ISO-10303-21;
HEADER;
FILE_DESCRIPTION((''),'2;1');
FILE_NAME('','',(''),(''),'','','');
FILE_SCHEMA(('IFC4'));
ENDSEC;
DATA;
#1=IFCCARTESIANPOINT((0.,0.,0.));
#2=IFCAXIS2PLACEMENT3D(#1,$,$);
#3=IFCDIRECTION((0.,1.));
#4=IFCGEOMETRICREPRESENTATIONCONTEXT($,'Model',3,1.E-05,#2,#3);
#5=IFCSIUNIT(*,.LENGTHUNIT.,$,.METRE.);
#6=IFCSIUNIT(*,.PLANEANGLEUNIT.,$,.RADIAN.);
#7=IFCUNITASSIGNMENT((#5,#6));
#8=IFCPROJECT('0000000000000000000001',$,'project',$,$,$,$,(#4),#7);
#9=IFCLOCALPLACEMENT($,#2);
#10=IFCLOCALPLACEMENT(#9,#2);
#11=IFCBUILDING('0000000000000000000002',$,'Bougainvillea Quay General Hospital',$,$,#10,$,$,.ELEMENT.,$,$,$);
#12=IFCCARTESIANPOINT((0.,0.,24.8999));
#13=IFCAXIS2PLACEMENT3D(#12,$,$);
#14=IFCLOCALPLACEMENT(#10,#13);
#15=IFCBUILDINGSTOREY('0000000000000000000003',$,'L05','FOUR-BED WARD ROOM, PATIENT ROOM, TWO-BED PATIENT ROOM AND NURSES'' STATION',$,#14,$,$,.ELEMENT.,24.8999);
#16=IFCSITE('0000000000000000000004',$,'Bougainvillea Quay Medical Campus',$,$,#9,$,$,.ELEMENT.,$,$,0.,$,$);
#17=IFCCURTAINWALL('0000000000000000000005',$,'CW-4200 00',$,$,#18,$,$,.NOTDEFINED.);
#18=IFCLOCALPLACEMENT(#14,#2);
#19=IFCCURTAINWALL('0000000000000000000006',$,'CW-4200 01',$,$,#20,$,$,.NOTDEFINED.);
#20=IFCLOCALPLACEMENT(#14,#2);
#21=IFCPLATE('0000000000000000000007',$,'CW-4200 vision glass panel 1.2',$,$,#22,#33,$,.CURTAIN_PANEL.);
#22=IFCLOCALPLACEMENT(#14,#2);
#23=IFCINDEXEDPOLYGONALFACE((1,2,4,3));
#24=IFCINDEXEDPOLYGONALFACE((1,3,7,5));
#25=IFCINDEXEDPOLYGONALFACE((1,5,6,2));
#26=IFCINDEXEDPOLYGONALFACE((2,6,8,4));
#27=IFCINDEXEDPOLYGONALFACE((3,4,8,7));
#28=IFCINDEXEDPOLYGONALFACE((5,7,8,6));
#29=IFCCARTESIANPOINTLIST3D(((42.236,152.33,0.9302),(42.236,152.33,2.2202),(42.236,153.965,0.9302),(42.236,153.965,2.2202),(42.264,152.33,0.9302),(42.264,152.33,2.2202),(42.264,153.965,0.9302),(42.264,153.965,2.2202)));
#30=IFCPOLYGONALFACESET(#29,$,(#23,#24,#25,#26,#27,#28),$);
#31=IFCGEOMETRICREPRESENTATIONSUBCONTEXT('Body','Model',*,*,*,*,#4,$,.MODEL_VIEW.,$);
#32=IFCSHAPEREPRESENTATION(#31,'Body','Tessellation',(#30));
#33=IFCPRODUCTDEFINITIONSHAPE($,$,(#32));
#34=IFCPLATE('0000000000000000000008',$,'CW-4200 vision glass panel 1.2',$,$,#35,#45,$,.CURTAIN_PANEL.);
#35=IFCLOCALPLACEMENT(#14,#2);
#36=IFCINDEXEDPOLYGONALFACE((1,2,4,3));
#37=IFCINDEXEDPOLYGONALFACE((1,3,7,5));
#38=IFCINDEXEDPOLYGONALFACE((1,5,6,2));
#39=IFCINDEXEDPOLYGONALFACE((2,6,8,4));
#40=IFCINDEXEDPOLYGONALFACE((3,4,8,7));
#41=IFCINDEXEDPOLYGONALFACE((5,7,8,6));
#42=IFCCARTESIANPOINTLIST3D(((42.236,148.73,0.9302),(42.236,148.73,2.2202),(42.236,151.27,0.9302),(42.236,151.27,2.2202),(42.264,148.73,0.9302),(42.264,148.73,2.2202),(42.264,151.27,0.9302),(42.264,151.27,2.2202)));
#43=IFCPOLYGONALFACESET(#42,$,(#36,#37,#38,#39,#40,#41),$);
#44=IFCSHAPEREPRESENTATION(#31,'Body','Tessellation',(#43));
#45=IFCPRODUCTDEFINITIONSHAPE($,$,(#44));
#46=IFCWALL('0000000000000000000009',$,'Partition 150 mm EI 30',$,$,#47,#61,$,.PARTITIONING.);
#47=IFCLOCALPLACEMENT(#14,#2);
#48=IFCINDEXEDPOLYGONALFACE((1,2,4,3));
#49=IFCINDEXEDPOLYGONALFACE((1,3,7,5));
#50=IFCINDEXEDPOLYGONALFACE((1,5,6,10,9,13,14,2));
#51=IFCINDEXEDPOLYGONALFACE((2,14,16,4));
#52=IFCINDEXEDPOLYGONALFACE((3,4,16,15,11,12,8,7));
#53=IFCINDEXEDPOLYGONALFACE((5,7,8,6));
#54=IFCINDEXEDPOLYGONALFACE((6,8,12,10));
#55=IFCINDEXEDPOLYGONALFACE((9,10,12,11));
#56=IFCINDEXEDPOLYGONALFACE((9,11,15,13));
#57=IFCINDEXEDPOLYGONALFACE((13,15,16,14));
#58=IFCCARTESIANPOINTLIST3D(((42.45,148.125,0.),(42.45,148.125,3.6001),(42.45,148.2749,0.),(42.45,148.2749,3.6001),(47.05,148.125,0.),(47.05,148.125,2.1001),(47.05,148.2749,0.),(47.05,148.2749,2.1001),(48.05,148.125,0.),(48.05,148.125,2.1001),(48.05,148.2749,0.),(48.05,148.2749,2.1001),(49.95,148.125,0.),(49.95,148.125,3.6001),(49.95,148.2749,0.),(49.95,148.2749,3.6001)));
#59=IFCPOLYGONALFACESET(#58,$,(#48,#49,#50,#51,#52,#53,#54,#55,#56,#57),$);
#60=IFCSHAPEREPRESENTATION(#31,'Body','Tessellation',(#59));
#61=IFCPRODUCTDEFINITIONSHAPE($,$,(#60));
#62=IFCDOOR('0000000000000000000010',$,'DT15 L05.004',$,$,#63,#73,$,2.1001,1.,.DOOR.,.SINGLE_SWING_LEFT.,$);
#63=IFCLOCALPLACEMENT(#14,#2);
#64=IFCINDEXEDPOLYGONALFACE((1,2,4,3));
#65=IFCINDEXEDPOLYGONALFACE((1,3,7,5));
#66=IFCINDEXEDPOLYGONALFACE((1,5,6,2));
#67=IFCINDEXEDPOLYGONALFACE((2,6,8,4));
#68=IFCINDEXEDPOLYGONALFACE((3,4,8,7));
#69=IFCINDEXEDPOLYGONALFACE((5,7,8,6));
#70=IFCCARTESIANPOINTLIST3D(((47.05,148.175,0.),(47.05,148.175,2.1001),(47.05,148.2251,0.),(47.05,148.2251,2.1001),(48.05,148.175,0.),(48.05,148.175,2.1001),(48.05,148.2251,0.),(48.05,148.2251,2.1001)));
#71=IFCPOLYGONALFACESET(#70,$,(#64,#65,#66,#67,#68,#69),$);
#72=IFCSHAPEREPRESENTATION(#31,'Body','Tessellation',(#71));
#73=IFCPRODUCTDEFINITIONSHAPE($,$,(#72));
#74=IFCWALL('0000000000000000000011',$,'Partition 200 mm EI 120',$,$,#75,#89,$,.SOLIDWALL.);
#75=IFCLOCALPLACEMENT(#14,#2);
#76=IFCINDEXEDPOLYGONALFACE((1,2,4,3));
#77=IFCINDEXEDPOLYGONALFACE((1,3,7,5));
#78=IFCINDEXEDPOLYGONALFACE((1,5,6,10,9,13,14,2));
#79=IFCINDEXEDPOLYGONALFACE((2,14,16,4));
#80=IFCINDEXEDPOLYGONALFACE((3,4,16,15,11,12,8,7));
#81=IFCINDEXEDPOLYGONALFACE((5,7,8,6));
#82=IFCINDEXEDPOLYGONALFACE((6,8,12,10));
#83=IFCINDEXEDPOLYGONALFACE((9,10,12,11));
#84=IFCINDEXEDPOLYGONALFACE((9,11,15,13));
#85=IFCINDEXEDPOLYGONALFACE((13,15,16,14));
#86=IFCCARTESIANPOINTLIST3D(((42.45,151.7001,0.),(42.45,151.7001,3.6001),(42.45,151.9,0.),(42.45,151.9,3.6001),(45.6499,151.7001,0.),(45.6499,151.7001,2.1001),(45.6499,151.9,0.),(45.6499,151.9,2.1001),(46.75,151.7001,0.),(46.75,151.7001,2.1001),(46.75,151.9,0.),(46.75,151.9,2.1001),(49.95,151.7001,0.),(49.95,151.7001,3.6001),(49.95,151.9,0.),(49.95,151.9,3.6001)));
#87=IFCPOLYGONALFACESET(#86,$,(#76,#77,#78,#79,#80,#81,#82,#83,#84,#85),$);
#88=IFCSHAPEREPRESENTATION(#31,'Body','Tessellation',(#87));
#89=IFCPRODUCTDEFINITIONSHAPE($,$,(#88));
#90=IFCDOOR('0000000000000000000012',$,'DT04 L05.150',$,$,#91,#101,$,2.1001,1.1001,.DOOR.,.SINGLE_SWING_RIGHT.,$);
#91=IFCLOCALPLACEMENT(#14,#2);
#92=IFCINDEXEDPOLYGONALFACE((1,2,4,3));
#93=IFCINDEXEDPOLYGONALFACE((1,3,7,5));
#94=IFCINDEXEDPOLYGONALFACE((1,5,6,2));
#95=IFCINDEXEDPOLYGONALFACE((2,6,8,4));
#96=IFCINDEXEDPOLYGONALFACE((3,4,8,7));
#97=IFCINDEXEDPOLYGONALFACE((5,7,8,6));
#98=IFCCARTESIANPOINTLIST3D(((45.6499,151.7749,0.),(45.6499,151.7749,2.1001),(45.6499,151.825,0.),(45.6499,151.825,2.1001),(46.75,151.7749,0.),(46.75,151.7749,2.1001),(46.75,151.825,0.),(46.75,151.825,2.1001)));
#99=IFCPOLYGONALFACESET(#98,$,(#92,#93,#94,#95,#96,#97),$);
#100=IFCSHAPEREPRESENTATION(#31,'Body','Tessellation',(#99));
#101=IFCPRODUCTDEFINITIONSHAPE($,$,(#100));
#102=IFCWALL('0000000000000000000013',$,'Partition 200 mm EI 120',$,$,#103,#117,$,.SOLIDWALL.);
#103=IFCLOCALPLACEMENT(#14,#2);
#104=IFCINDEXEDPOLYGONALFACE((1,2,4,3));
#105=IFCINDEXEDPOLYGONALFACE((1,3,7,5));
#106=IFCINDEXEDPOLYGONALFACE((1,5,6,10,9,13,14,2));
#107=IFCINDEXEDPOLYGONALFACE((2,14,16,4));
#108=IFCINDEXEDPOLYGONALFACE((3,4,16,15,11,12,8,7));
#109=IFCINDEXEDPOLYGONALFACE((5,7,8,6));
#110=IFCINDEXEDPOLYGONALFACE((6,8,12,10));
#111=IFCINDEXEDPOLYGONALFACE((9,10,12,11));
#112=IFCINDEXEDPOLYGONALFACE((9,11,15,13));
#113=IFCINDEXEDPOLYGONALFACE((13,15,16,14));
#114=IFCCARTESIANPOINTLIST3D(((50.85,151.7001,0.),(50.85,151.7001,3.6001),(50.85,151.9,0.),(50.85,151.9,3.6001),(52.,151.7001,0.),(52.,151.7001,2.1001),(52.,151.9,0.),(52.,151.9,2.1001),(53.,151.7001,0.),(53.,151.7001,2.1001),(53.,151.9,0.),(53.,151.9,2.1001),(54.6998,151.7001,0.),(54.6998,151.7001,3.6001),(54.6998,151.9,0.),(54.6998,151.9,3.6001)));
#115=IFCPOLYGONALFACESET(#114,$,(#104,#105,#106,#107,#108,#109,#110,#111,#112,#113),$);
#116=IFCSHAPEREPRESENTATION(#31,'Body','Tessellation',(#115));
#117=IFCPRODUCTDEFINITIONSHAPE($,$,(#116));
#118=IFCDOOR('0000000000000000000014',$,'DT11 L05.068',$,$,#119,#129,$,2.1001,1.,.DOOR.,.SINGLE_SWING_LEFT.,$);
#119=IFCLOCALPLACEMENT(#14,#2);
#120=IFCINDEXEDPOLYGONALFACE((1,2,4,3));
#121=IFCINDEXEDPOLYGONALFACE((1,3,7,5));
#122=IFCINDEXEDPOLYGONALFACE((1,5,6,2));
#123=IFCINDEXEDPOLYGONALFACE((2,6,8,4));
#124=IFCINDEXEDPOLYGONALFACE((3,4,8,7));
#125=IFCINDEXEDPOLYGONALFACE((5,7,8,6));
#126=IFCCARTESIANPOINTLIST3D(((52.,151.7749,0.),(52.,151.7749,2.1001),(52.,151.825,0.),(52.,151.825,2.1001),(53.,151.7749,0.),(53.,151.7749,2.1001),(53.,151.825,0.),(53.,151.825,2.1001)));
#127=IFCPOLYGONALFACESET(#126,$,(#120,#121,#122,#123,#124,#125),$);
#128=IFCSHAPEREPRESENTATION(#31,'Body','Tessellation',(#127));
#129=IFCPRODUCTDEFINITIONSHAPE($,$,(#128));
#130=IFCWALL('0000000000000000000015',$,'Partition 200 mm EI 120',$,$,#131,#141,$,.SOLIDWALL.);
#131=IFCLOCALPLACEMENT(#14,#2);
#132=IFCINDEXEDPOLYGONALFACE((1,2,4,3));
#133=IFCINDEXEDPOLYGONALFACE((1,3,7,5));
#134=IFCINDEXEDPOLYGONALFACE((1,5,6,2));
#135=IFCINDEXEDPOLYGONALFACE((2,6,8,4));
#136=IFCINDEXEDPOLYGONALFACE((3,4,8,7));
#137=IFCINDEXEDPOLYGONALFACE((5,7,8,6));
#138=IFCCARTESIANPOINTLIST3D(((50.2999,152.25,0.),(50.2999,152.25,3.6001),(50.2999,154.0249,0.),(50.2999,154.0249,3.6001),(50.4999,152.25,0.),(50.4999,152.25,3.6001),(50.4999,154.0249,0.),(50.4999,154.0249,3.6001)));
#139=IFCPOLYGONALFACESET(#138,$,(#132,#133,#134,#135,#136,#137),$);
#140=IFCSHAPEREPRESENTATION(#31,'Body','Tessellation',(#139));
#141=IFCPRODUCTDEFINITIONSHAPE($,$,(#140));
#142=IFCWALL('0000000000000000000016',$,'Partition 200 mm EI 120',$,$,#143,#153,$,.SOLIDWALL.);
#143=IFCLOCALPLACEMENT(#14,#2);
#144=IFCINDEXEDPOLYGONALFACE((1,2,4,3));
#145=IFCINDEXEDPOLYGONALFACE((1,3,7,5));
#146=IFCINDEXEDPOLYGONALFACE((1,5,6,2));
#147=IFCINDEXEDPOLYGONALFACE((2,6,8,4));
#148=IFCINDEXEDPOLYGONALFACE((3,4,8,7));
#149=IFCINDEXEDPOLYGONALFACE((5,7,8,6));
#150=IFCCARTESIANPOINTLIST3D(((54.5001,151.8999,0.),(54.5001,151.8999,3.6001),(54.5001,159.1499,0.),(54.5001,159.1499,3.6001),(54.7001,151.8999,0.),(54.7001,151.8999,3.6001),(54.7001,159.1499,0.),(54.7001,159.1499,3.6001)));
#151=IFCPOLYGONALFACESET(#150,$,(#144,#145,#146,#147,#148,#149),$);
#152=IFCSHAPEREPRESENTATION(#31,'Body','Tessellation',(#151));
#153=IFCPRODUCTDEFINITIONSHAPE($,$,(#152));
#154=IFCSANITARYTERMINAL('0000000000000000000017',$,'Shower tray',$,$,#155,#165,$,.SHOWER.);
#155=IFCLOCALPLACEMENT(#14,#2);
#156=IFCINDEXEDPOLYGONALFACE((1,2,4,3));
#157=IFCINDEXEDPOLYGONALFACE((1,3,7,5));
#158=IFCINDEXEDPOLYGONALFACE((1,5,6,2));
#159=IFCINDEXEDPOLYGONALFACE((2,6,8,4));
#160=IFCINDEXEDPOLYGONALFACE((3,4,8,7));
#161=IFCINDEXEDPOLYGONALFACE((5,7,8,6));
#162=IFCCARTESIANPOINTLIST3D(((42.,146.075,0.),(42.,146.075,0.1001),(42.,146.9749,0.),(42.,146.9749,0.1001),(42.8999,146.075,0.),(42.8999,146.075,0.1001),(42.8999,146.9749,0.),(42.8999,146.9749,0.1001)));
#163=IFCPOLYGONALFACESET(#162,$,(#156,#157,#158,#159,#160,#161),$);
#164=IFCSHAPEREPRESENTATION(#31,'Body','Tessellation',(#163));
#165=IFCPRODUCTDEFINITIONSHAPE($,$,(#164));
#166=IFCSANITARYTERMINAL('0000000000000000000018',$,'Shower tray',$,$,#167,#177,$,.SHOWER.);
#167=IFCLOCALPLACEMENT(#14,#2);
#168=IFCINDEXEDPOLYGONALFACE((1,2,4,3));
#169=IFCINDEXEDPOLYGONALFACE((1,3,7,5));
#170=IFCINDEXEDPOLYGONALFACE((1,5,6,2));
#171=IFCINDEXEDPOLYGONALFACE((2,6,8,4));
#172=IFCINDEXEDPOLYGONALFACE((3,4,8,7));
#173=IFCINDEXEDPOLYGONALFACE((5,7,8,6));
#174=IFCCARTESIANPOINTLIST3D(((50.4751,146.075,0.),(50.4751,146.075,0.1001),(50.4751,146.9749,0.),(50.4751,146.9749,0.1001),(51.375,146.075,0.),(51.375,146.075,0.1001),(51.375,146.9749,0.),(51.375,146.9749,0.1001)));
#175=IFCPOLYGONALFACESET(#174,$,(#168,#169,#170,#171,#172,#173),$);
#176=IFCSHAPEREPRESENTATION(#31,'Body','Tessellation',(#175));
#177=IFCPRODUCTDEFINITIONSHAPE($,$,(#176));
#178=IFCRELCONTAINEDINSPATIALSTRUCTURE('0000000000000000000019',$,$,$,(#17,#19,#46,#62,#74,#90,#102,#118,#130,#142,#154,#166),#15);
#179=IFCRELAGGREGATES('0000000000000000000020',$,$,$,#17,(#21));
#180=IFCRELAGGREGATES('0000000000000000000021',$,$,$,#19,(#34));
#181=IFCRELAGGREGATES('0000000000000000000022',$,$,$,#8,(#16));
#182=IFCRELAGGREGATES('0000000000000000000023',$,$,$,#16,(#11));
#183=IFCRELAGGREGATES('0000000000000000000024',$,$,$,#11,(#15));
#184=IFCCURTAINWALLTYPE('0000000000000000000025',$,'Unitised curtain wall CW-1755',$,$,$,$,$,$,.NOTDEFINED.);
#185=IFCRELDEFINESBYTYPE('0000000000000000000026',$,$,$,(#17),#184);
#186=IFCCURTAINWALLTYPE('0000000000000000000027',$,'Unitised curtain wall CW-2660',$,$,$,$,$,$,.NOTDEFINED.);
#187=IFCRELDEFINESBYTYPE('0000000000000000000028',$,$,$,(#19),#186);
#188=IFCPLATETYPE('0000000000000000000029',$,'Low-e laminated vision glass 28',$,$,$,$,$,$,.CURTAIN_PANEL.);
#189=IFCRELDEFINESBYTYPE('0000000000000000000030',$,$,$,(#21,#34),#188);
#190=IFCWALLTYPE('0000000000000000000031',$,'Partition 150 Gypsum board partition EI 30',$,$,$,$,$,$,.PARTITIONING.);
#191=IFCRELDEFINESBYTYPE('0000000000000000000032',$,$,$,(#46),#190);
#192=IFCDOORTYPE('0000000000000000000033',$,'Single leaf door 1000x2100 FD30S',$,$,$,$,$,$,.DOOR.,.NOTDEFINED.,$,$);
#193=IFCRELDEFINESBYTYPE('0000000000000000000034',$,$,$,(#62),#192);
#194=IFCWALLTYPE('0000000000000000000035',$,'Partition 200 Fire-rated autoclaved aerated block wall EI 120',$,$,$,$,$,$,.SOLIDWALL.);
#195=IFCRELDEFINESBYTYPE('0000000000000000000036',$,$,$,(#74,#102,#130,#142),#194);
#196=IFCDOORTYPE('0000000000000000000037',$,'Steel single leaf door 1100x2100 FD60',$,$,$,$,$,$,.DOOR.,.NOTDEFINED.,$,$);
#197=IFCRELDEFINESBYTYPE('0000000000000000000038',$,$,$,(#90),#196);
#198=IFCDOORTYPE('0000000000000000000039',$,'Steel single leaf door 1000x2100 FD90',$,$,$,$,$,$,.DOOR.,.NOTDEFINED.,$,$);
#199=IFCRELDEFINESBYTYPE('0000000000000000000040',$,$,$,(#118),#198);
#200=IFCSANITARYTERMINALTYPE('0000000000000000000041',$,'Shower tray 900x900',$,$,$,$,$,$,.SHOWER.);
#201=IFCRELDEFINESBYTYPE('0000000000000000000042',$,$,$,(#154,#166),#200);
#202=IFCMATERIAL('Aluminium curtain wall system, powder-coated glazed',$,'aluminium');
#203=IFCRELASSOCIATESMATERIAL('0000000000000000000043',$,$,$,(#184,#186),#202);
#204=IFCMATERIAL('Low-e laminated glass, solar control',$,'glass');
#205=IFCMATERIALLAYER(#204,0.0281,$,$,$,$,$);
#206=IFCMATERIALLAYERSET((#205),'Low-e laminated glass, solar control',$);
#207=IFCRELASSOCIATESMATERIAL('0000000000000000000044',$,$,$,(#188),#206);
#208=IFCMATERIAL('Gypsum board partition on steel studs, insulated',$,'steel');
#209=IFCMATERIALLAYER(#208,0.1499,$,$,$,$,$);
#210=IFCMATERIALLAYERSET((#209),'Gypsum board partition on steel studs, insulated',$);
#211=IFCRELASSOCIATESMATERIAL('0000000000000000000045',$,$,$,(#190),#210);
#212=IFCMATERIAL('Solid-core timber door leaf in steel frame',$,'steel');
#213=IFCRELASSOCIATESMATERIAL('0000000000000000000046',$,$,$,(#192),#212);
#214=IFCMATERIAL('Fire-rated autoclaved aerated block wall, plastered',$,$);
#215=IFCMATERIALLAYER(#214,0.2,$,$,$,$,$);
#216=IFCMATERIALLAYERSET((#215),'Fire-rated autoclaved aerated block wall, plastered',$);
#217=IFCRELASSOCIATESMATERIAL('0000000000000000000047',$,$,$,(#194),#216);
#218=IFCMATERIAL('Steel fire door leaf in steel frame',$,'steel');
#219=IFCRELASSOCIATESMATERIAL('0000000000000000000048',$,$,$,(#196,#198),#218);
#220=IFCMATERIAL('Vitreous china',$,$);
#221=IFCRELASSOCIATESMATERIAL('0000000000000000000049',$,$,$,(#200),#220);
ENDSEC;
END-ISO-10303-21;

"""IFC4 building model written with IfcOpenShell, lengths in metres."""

from ifc_helpers import new_model, si_unit, direction, frame, frame_2d, origin, origin_2d, place, context, subcontext, project, spatial, rectangle, extrude, material, layer, layer_set, type_object, element, fill, aggregate, save


model = new_model("IFC4")

# Units and contexts
model_context = context("Model", 3, precision=1e-05, world=origin(), true_north=direction((0.0, 1.0)))
body_context = subcontext(model_context, "Body", "Model", "MODEL_VIEW")
ifc_project = project(units=[si_unit("LENGTHUNIT", "METRE"), si_unit("PLANEANGLEUNIT", "RADIAN")], contexts=[model_context])

# Site, building, storey
site_placement = place(None, origin())
site = spatial("IfcSite", under=ifc_project, at=site_placement, Name="Bougainvillea Quay Medical Campus", CompositionType="ELEMENT", RefElevation=0.0)
building_placement = place(site_placement, origin())
building = spatial("IfcBuilding", under=site, at=building_placement, Name="Bougainvillea Quay General Hospital", CompositionType="ELEMENT")
storey_placement = place(building_placement, frame((0.0, 0.0, 24.8999)))
storey = spatial("IfcBuildingStorey", under=building, at=storey_placement, Name="L05", Description="FOUR-BED WARD ROOM, PATIENT ROOM, TWO-BED PATIENT ROOM AND NURSES' STATION", CompositionType="ELEMENT", Elevation=24.8999)

# Curtain walls
ifc_material_1 = material(Name="Aluminium curtain wall system, powder-coated glazed", Category="aluminium")
curtain_wall_type_1 = type_object("IfcCurtainWallType", Name="Unitised curtain wall CW-1755", PredefinedType="NOTDEFINED", material=ifc_material_1)
curtain_wall_1_placement = place(storey_placement, origin())
curtain_wall_1 = element("IfcCurtainWall", 1, at=curtain_wall_1_placement, inside=storey, type_object=curtain_wall_type_1, Name="CW-4200 00", PredefinedType="NOTDEFINED")
curtain_wall_type_2 = type_object("IfcCurtainWallType", Name="Unitised curtain wall CW-2660", PredefinedType="NOTDEFINED", material=ifc_material_1)
curtain_wall_2_placement = place(storey_placement, origin())
curtain_wall_2 = element("IfcCurtainWall", 2, at=curtain_wall_2_placement, inside=storey, type_object=curtain_wall_type_2, Name="CW-4200 01", PredefinedType="NOTDEFINED")

# Plates
ifc_material_2 = material(Name="Low-e laminated glass, solar control", Category="glass")
ifc_layer_1 = layer(ifc_material_2, 0.0281)
ifc_layer_set_1 = layer_set([ifc_layer_1], Name="Low-e laminated glass, solar control")
plate_type_1 = type_object("IfcPlateType", Name="Low-e laminated vision glass 28", PredefinedType="CURTAIN_PANEL", material=ifc_layer_set_1)
plate_1_placement = place(storey_placement, frame((42.25, 153.1475, 0.9302), z_axis=(0.0, 0.0, 1.0), x_axis=(0.0, -1.0, 0.0)))
plate_1 = element("IfcPlate", 3, at=plate_1_placement, type_object=plate_type_1, Name="CW-4200 vision glass panel 1.2", PredefinedType="CURTAIN_PANEL", context=body_context, shape_type="SweptSolid", body=[
    extrude(rectangle(XDim=1.635, YDim=0.0281, at=origin_2d()), origin(), (0.0, 0.0, 1.0), 1.29),
])
aggregate(curtain_wall_1, [plate_1])
plate_2_placement = place(storey_placement, frame((42.25, 150.0, 0.9302), z_axis=(0.0, 0.0, 1.0), x_axis=(0.0, -1.0, 0.0)))
plate_2 = element("IfcPlate", 4, at=plate_2_placement, type_object=plate_type_1, Name="CW-4200 vision glass panel 1.2", PredefinedType="CURTAIN_PANEL", context=body_context, shape_type="SweptSolid", body=[
    extrude(rectangle(XDim=2.54, YDim=0.0281, at=origin_2d()), origin(), (0.0, 0.0, 1.0), 1.29),
])
aggregate(curtain_wall_2, [plate_2])

# Walls, openings, doors
ifc_material_3 = material(Name="Gypsum board partition on steel studs, insulated", Category="steel")
ifc_layer_2 = layer(ifc_material_3, 0.1499)
ifc_layer_set_2 = layer_set([ifc_layer_2], Name="Gypsum board partition on steel studs, insulated")
wall_type_1 = type_object("IfcWallType", Name="Partition 150 Gypsum board partition EI 30", PredefinedType="PARTITIONING", material=ifc_layer_set_2)
wall_1_placement = place(storey_placement, frame((49.95, 148.2, 0.0), z_axis=(0.0, 0.0, 1.0), x_axis=(-1.0, 0.0, 0.0)))
wall_1 = element("IfcWall", 5, at=wall_1_placement, inside=storey, type_object=wall_type_1, Name="Partition 150 mm EI 30", PredefinedType="PARTITIONING", context=body_context, shape_type="SweptSolid", body=[
    extrude(rectangle(XDim=7.5, YDim=0.1499, at=frame_2d((3.75, 0.0))), origin(), (0.0, 0.0, 1.0), 3.6001),
])
opening_1_placement = place(wall_1_placement, frame((1.8999, 0.0, 0.0)))
opening_1 = element("IfcOpeningElement", 6, at=opening_1_placement, cuts=wall_1, PredefinedType="OPENING", context=body_context, shape_type="SweptSolid", body=[
    extrude(rectangle(XDim=1.0, YDim=2.1001, at=frame_2d((0.5, 1.05))), frame((0.0, 0.085, 0.0), z_axis=(0.0, -1.0, 0.0), x_axis=(1.0, 0.0, 0.0)), (0.0, 0.0, 1.0), 0.1699),
])
ifc_material_4 = material(Name="Solid-core timber door leaf in steel frame", Category="steel")
door_type_1 = type_object("IfcDoorType", Name="Single leaf door 1000x2100 FD30S", OperationType="NOTDEFINED", PredefinedType="DOOR", material=ifc_material_4)
door_1_placement = place(opening_1_placement, origin())
door_1 = element("IfcDoor", 7, at=door_1_placement, inside=storey, type_object=door_type_1, Name="DT15 L05.004", OperationType="SINGLE_SWING_LEFT", OverallHeight=2.1001, OverallWidth=1.0, PredefinedType="DOOR", context=body_context, shape_type="SweptSolid", body=[
    extrude(rectangle(XDim=1.0, YDim=2.1001, at=frame_2d((0.5, 1.05))), frame((0.0, 0.0249, 0.0), z_axis=(0.0, -1.0, 0.0), x_axis=(1.0, 0.0, 0.0)), (0.0, 0.0, 1.0), 0.05),
])
fill(opening_1, door_1)
ifc_material_5 = material(Name="Fire-rated autoclaved aerated block wall, plastered")
ifc_layer_3 = layer(ifc_material_5, 0.2)
ifc_layer_set_3 = layer_set([ifc_layer_3], Name="Fire-rated autoclaved aerated block wall, plastered")
wall_type_2 = type_object("IfcWallType", Name="Partition 200 Fire-rated autoclaved aerated block wall EI 120", PredefinedType="SOLIDWALL", material=ifc_layer_set_3)
wall_2_placement = place(storey_placement, frame((42.45, 151.8, 0.0), z_axis=(0.0, 0.0, 1.0), x_axis=(1.0, 0.0, 0.0)))
wall_2 = element("IfcWall", 8, at=wall_2_placement, inside=storey, type_object=wall_type_2, Name="Partition 200 mm EI 120", PredefinedType="SOLIDWALL", context=body_context, shape_type="SweptSolid", body=[
    extrude(rectangle(XDim=7.5, YDim=0.2, at=frame_2d((3.75, 0.0))), origin(), (0.0, 0.0, 1.0), 3.6001),
])
opening_2_placement = place(wall_2_placement, frame((3.2, 0.0, 0.0)))
opening_2 = element("IfcOpeningElement", 9, at=opening_2_placement, cuts=wall_2, PredefinedType="OPENING", context=body_context, shape_type="SweptSolid", body=[
    extrude(rectangle(XDim=1.1001, YDim=2.1001, at=frame_2d((0.55, 1.05))), frame((0.0, 0.1099, 0.0), z_axis=(0.0, -1.0, 0.0), x_axis=(1.0, 0.0, 0.0)), (0.0, 0.0, 1.0), 0.22),
])
ifc_material_6 = material(Name="Steel fire door leaf in steel frame", Category="steel")
door_type_2 = type_object("IfcDoorType", Name="Steel single leaf door 1100x2100 FD60", OperationType="NOTDEFINED", PredefinedType="DOOR", material=ifc_material_6)
door_2_placement = place(opening_2_placement, origin())
door_2 = element("IfcDoor", 10, at=door_2_placement, inside=storey, type_object=door_type_2, Name="DT04 L05.150", OperationType="SINGLE_SWING_RIGHT", OverallHeight=2.1001, OverallWidth=1.1001, PredefinedType="DOOR", context=body_context, shape_type="SweptSolid", body=[
    extrude(rectangle(XDim=1.1001, YDim=2.1001, at=frame_2d((0.55, 1.05))), frame((0.0, 0.0249, 0.0), z_axis=(0.0, -1.0, 0.0), x_axis=(1.0, 0.0, 0.0)), (0.0, 0.0, 1.0), 0.05),
])
fill(opening_2, door_2)
wall_3_placement = place(storey_placement, frame((50.8501, 151.8, 0.0), z_axis=(0.0, 0.0, 1.0), x_axis=(1.0, 0.0, 0.0)))
wall_3 = element("IfcWall", 11, at=wall_3_placement, inside=storey, type_object=wall_type_2, Name="Partition 200 mm EI 120", PredefinedType="SOLIDWALL", context=body_context, shape_type="SweptSolid", body=[
    extrude(rectangle(XDim=3.8499, YDim=0.2, at=frame_2d((1.9248, 0.0))), origin(), (0.0, 0.0, 1.0), 3.6001),
])
opening_3_placement = place(wall_3_placement, frame((1.1499, 0.0, 0.0)))
opening_3 = element("IfcOpeningElement", 12, at=opening_3_placement, cuts=wall_3, PredefinedType="OPENING", context=body_context, shape_type="SweptSolid", body=[
    extrude(rectangle(XDim=1.0, YDim=2.1001, at=frame_2d((0.5, 1.05))), frame((0.0, 0.1099, 0.0), z_axis=(0.0, -1.0, 0.0), x_axis=(1.0, 0.0, 0.0)), (0.0, 0.0, 1.0), 0.22),
])
door_type_3 = type_object("IfcDoorType", Name="Steel single leaf door 1000x2100 FD90", OperationType="NOTDEFINED", PredefinedType="DOOR", material=ifc_material_6)
door_3_placement = place(opening_3_placement, origin())
door_3 = element("IfcDoor", 13, at=door_3_placement, inside=storey, type_object=door_type_3, Name="DT11 L05.068", OperationType="SINGLE_SWING_LEFT", OverallHeight=2.1001, OverallWidth=1.0, PredefinedType="DOOR", context=body_context, shape_type="SweptSolid", body=[
    extrude(rectangle(XDim=1.0, YDim=2.1001, at=frame_2d((0.5, 1.05))), frame((0.0, 0.0249, 0.0), z_axis=(0.0, -1.0, 0.0), x_axis=(1.0, 0.0, 0.0)), (0.0, 0.0, 1.0), 0.05),
])
fill(opening_3, door_3)

# Walls
wall_4_placement = place(storey_placement, frame((50.3999, 152.25, 0.0), z_axis=(0.0, 0.0, 1.0), x_axis=(0.0, 1.0, 0.0)))
element("IfcWall", 14, at=wall_4_placement, inside=storey, type_object=wall_type_2, Name="Partition 200 mm EI 120", PredefinedType="SOLIDWALL", context=body_context, shape_type="SweptSolid", body=[
    extrude(rectangle(XDim=1.7749, YDim=0.2, at=frame_2d((0.8875, 0.0))), origin(), (0.0, 0.0, 1.0), 3.6001),
])
wall_5_placement = place(storey_placement, frame((54.6001, 151.8999, 0.0), z_axis=(0.0, 0.0, 1.0), x_axis=(0.0, 1.0, 0.0)))
element("IfcWall", 15, at=wall_5_placement, inside=storey, type_object=wall_type_2, Name="Partition 200 mm EI 120", PredefinedType="SOLIDWALL", context=body_context, shape_type="SweptSolid", body=[
    extrude(rectangle(XDim=7.25, YDim=0.2, at=frame_2d((3.625, 0.0))), origin(), (0.0, 0.0, 1.0), 3.6001),
])

# Sanitary terminals
ifc_material_7 = material(Name="Vitreous china")
sanitary_terminal_type = type_object("IfcSanitaryTerminalType", Name="Shower tray 900x900", PredefinedType="SHOWER", material=ifc_material_7)
for number, where, z_axis, x_axis, name in (
    (16, (42.45, 146.5249, 0.0), (0.0, 0.0, 1.0), (0.0, 1.0, 0.0), "Shower tray"),
    (17, (50.925, 146.5249, 0.0), (0.0, 0.0, 1.0), (0.0, 1.0, 0.0), "Shower tray"),
):
    element("IfcSanitaryTerminal", number, at=place(storey_placement, frame(where, z_axis=z_axis, x_axis=x_axis)), inside=storey, type_object=sanitary_terminal_type, Name=name, PredefinedType="SHOWER", context=body_context, shape_type="SweptSolid", body=[
        extrude(rectangle(XDim=0.8999, YDim=0.8999, at=origin_2d()), origin(), (0.0, 0.0, 1.0), 0.1001),
    ])

save(model, "model.ifc")
